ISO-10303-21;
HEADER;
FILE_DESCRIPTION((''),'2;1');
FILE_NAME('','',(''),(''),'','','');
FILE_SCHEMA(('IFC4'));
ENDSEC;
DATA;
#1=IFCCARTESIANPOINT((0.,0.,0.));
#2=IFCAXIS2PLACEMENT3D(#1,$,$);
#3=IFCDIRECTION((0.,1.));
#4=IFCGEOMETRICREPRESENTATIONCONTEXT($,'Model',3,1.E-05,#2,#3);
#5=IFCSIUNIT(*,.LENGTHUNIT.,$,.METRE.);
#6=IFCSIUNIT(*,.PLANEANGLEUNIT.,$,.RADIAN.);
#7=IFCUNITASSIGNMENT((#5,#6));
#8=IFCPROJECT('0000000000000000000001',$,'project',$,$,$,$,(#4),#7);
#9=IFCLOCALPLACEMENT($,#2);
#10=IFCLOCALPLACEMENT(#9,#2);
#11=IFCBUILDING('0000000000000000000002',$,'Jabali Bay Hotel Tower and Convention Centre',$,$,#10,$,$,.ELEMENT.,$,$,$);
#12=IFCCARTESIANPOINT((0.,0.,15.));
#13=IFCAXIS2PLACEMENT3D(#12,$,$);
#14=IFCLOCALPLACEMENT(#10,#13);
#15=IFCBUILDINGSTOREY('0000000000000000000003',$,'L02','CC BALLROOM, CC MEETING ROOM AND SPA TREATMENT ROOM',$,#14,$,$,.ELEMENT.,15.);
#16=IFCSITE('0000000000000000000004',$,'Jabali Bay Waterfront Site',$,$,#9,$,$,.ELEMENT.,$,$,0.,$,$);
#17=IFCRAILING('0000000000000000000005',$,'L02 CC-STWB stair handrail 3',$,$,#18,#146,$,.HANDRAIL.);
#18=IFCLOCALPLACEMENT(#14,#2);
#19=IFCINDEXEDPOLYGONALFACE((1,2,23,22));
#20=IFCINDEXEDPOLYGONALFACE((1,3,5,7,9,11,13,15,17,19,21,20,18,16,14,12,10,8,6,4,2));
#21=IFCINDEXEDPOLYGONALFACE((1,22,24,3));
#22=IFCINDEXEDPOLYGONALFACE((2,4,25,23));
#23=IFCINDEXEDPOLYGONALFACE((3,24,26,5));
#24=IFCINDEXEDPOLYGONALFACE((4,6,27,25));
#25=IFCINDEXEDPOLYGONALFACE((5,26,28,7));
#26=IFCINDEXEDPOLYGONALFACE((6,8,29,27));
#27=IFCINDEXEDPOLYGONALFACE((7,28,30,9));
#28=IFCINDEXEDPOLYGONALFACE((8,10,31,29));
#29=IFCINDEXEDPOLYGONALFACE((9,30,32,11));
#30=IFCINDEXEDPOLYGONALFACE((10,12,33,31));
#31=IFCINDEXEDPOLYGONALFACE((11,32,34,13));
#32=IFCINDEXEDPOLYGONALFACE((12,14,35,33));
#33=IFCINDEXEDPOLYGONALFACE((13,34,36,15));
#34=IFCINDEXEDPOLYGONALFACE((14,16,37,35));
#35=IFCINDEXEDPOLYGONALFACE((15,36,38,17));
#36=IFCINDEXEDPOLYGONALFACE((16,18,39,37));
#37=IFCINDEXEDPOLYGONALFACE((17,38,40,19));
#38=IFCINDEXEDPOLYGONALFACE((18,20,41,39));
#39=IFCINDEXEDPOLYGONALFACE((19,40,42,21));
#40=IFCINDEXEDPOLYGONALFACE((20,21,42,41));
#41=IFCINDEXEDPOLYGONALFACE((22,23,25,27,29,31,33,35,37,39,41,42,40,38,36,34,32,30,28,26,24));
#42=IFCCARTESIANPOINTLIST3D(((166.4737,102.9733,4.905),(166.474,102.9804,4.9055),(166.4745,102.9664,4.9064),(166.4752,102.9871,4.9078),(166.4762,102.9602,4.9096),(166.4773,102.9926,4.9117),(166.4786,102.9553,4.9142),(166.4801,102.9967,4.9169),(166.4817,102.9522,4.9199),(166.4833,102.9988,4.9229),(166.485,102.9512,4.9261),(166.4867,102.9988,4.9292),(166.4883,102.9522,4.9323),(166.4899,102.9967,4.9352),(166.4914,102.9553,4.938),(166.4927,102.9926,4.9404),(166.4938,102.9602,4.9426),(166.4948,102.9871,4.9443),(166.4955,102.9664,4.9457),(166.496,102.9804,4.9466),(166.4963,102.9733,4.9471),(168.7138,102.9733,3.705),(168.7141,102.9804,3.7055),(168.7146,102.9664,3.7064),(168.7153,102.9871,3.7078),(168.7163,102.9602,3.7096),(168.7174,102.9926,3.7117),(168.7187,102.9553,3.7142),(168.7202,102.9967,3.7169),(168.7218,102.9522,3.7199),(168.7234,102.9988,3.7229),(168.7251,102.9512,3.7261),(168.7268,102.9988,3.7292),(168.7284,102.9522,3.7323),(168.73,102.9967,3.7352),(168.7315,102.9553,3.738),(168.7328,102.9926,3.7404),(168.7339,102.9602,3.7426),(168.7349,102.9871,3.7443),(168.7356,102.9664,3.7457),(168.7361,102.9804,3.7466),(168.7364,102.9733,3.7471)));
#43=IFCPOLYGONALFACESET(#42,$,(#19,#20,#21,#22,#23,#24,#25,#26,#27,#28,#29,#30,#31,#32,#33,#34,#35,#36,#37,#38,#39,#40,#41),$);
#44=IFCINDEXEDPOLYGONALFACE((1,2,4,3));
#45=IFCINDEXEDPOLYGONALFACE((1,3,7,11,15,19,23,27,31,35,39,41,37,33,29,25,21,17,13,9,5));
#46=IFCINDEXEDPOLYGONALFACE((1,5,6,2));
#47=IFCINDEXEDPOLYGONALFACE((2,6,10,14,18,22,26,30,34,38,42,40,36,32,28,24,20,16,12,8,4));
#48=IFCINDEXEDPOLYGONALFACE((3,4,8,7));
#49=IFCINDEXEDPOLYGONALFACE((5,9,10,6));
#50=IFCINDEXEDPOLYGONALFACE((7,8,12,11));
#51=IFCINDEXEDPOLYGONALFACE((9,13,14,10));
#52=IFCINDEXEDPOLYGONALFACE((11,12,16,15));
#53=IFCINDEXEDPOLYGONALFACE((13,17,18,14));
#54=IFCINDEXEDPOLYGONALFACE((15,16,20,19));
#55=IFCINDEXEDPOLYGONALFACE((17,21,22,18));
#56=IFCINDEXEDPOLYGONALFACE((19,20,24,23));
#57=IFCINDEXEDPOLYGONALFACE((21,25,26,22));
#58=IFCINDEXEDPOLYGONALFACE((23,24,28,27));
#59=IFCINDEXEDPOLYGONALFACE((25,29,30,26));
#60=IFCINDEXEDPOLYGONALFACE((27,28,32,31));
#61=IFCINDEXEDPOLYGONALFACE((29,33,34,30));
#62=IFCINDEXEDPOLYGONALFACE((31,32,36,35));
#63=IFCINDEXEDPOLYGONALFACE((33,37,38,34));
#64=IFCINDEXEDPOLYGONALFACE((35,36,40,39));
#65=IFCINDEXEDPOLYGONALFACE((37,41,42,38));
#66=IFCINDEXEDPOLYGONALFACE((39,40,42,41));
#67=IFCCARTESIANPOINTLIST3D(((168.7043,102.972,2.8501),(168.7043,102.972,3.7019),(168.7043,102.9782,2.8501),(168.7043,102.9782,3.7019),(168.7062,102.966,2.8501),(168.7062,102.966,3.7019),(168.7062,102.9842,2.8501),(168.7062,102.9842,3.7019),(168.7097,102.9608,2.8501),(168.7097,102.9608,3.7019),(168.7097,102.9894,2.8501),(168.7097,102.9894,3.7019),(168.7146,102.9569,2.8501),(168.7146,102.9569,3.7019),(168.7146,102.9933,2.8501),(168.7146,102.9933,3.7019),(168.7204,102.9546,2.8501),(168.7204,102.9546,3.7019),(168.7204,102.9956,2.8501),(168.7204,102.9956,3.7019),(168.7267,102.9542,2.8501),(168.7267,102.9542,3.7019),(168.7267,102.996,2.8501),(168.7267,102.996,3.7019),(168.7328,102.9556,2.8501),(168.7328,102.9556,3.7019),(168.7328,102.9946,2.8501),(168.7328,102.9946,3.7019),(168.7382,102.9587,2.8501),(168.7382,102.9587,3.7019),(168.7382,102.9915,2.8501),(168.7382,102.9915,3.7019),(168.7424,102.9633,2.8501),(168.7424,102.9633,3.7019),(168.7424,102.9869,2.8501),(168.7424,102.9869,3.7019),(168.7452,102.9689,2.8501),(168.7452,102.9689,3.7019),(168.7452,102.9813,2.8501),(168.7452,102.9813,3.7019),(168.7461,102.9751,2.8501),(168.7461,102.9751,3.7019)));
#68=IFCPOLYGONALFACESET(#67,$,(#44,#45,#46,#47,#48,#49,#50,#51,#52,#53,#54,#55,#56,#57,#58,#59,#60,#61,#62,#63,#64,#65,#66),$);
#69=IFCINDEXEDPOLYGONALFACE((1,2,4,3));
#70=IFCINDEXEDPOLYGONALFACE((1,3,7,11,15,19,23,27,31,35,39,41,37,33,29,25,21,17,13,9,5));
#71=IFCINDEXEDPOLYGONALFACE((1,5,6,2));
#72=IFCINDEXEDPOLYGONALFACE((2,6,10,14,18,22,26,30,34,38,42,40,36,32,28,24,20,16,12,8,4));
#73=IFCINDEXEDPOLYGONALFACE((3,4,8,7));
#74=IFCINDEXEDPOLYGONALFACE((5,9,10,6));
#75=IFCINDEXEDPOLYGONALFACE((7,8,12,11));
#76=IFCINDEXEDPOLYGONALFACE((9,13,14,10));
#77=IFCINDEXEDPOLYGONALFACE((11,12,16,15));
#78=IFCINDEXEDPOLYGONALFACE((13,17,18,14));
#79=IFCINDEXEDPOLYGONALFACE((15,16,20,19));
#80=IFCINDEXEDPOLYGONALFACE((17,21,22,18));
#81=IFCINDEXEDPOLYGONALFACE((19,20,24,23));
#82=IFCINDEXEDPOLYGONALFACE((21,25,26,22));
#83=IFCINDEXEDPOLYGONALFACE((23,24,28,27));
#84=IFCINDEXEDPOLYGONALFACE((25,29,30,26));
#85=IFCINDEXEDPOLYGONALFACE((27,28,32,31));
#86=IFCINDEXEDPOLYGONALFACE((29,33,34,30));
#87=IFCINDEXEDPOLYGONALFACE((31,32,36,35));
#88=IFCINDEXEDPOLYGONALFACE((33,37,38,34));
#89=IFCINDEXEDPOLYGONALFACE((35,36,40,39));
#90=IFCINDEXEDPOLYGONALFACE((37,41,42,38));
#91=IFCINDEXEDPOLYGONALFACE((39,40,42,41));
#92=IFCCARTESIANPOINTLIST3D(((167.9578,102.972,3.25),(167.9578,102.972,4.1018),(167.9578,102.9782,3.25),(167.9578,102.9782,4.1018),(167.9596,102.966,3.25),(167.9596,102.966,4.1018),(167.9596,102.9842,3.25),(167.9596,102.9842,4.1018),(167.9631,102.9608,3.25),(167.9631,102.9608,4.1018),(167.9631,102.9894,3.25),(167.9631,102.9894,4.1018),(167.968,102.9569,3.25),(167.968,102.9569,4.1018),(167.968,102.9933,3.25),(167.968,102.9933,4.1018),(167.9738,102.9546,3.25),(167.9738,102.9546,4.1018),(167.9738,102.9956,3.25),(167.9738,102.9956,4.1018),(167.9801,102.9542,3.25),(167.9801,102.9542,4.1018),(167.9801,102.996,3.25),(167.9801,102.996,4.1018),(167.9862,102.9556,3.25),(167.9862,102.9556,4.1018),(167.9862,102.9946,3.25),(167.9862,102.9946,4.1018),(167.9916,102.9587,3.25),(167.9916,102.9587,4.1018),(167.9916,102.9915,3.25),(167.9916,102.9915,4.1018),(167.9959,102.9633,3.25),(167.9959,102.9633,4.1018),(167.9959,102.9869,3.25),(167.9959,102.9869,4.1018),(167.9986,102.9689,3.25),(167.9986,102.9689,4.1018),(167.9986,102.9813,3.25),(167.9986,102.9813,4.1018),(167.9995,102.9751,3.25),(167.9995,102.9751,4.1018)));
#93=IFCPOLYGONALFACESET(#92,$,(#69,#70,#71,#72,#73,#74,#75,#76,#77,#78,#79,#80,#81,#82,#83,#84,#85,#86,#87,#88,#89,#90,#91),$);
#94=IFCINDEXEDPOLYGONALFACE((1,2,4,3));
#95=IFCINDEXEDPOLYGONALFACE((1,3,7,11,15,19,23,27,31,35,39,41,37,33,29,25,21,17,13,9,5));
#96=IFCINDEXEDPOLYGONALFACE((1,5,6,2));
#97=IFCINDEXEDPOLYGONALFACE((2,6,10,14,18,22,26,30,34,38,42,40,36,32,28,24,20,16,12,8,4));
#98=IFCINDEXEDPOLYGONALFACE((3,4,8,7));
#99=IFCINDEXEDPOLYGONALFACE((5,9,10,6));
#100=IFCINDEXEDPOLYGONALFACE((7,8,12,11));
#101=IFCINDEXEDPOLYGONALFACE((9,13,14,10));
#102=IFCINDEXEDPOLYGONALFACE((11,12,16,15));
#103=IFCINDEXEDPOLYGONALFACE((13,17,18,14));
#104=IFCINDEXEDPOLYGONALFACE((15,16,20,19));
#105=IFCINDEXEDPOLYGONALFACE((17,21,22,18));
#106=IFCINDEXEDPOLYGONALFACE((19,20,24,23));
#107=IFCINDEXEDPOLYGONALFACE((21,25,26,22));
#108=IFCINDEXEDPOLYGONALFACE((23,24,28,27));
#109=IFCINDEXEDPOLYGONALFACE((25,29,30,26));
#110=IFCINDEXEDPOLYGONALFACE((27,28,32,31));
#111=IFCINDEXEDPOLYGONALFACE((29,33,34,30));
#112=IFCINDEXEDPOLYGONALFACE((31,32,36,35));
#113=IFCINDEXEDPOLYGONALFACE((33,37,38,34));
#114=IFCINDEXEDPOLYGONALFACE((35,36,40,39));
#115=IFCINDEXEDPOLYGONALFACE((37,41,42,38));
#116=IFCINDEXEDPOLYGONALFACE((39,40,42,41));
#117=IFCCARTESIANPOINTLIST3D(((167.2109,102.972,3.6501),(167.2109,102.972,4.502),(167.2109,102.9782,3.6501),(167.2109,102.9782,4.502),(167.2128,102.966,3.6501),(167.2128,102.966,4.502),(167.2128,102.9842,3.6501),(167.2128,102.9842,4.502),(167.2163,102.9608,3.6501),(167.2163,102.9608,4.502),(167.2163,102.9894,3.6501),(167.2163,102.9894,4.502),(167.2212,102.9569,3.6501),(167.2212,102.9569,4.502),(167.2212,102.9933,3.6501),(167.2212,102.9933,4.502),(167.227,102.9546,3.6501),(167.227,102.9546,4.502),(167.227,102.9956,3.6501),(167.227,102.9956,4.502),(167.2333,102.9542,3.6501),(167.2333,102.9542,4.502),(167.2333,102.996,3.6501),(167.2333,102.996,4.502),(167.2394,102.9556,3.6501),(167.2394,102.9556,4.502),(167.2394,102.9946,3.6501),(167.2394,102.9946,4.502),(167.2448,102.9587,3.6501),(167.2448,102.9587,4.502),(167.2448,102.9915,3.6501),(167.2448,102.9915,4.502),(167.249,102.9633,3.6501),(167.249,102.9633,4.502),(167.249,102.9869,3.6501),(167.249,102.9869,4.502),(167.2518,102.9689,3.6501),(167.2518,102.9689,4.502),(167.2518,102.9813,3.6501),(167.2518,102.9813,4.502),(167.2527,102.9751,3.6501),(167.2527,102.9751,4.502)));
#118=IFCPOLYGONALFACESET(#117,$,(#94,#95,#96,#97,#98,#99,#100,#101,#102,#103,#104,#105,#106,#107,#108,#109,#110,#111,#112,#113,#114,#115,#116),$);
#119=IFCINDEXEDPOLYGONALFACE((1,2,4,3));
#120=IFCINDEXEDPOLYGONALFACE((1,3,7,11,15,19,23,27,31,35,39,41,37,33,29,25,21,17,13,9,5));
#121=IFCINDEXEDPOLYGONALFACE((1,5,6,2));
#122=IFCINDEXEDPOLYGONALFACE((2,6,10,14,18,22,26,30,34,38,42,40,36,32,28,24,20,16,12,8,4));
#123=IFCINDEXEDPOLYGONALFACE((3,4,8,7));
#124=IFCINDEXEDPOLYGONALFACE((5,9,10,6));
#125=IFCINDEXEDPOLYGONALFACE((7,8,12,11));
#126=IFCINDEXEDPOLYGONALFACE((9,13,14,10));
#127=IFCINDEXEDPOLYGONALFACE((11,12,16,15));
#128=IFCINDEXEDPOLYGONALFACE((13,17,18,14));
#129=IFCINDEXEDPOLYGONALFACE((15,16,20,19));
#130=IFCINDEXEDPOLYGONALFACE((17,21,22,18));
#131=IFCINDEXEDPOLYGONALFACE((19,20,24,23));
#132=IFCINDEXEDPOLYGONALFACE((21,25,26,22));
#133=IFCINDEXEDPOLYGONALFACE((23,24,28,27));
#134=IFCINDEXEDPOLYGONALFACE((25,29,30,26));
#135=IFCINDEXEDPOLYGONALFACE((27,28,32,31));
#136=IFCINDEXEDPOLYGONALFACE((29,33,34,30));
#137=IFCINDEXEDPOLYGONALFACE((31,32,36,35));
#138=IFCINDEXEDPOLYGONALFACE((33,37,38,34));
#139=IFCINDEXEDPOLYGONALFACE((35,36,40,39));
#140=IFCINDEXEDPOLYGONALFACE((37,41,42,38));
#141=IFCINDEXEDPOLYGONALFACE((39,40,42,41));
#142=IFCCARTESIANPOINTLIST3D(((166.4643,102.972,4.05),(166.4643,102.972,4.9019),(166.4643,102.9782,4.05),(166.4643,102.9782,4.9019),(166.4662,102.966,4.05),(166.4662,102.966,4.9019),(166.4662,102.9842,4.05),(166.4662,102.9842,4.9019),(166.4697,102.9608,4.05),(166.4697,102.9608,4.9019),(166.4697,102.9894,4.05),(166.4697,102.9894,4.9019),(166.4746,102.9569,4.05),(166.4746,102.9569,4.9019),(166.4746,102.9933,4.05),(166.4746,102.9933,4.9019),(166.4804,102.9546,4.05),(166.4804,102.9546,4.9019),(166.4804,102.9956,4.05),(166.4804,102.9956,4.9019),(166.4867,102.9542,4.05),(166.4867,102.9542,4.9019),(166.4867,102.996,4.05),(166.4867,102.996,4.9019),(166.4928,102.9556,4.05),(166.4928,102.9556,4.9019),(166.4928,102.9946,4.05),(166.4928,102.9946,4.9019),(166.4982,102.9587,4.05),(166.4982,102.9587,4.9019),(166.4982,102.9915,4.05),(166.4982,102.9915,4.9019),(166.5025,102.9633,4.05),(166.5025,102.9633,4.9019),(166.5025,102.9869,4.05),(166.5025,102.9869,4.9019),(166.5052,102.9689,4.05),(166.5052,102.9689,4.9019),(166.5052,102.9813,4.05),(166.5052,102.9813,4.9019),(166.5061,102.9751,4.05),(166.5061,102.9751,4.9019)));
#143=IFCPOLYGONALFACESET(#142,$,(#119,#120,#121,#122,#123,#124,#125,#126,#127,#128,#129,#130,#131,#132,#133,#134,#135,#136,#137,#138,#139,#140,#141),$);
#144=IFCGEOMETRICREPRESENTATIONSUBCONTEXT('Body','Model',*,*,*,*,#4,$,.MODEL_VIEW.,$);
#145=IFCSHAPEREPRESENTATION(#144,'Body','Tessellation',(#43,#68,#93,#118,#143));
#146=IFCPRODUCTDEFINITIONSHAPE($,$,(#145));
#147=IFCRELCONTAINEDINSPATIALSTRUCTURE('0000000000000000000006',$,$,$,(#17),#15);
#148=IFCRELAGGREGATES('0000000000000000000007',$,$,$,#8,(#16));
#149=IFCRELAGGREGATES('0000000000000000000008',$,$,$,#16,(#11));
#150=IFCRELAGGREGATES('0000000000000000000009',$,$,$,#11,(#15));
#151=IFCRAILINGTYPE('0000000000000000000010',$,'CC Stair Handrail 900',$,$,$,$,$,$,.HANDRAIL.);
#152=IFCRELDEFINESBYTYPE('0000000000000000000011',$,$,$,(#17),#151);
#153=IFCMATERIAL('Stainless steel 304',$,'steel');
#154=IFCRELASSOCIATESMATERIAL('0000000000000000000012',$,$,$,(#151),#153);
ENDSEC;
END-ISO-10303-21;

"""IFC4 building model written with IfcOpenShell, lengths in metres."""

from ifc_helpers import new_model, si_unit, direction, frame, origin, origin_2d, place, context, subcontext, project, spatial, circle, extrude, material, type_object, element, save


model = new_model("IFC4")

# Units and contexts
model_context = context("Model", 3, precision=1e-05, world=origin(), true_north=direction((0.0, 1.0)))
body_context = subcontext(model_context, "Body", "Model", "MODEL_VIEW")
ifc_project = project(units=[si_unit("LENGTHUNIT", "METRE"), si_unit("PLANEANGLEUNIT", "RADIAN")], contexts=[model_context])

# Site, building, storey
site_placement = place(None, origin())
site = spatial("IfcSite", under=ifc_project, at=site_placement, Name="Jabali Bay Waterfront Site", CompositionType="ELEMENT", RefElevation=0.0)
building_placement = place(site_placement, origin())
building = spatial("IfcBuilding", under=site, at=building_placement, Name="Jabali Bay Hotel Tower and Convention Centre", CompositionType="ELEMENT")
storey_placement = place(building_placement, frame((0.0, 0.0, 15.0)))
storey = spatial("IfcBuildingStorey", under=building, at=storey_placement, Name="L02", Description="CC BALLROOM, CC MEETING ROOM AND SPA TREATMENT ROOM", CompositionType="ELEMENT", Elevation=15.0)

# Railing
ifc_material_1 = material(Name="Stainless steel 304", Category="steel")
railing_type_1 = type_object("IfcRailingType", Name="CC Stair Handrail 900", PredefinedType="HANDRAIL", material=ifc_material_1)
railing_1_placement = place(storey_placement, frame((168.7251, 102.9751, 2.8501)))
element("IfcRailing", 1, at=railing_1_placement, inside=storey, type_object=railing_type_1, Name="L02 CC-STWB stair handrail 3", PredefinedType="HANDRAIL", context=body_context, shape_type="SweptSolid", body=[
    extrude(circle(Radius=0.0239, at=origin_2d()), frame((0.0, 0.0, 0.876), z_axis=(-0.881487, 0.0, 0.472208), x_axis=(0.0, -1.0, 0.0)), (0.0, 0.0, 1.0), 2.5413),
    extrude(circle(Radius=0.021, at=origin_2d()), origin(), (0.0, 0.0, 1.0), 0.8518),
    extrude(circle(Radius=0.021, at=origin_2d()), frame((-0.7466, 0.0, 0.3999)), (0.0, 0.0, 1.0), 0.8518),
    extrude(circle(Radius=0.021, at=origin_2d()), frame((-1.4934, 0.0, 0.8)), (0.0, 0.0, 1.0), 0.8518),
    extrude(circle(Radius=0.021, at=origin_2d()), frame((-2.24, 0.0, 1.2)), (0.0, 0.0, 1.0), 0.8518),
])

save(model, "model.ifc")
